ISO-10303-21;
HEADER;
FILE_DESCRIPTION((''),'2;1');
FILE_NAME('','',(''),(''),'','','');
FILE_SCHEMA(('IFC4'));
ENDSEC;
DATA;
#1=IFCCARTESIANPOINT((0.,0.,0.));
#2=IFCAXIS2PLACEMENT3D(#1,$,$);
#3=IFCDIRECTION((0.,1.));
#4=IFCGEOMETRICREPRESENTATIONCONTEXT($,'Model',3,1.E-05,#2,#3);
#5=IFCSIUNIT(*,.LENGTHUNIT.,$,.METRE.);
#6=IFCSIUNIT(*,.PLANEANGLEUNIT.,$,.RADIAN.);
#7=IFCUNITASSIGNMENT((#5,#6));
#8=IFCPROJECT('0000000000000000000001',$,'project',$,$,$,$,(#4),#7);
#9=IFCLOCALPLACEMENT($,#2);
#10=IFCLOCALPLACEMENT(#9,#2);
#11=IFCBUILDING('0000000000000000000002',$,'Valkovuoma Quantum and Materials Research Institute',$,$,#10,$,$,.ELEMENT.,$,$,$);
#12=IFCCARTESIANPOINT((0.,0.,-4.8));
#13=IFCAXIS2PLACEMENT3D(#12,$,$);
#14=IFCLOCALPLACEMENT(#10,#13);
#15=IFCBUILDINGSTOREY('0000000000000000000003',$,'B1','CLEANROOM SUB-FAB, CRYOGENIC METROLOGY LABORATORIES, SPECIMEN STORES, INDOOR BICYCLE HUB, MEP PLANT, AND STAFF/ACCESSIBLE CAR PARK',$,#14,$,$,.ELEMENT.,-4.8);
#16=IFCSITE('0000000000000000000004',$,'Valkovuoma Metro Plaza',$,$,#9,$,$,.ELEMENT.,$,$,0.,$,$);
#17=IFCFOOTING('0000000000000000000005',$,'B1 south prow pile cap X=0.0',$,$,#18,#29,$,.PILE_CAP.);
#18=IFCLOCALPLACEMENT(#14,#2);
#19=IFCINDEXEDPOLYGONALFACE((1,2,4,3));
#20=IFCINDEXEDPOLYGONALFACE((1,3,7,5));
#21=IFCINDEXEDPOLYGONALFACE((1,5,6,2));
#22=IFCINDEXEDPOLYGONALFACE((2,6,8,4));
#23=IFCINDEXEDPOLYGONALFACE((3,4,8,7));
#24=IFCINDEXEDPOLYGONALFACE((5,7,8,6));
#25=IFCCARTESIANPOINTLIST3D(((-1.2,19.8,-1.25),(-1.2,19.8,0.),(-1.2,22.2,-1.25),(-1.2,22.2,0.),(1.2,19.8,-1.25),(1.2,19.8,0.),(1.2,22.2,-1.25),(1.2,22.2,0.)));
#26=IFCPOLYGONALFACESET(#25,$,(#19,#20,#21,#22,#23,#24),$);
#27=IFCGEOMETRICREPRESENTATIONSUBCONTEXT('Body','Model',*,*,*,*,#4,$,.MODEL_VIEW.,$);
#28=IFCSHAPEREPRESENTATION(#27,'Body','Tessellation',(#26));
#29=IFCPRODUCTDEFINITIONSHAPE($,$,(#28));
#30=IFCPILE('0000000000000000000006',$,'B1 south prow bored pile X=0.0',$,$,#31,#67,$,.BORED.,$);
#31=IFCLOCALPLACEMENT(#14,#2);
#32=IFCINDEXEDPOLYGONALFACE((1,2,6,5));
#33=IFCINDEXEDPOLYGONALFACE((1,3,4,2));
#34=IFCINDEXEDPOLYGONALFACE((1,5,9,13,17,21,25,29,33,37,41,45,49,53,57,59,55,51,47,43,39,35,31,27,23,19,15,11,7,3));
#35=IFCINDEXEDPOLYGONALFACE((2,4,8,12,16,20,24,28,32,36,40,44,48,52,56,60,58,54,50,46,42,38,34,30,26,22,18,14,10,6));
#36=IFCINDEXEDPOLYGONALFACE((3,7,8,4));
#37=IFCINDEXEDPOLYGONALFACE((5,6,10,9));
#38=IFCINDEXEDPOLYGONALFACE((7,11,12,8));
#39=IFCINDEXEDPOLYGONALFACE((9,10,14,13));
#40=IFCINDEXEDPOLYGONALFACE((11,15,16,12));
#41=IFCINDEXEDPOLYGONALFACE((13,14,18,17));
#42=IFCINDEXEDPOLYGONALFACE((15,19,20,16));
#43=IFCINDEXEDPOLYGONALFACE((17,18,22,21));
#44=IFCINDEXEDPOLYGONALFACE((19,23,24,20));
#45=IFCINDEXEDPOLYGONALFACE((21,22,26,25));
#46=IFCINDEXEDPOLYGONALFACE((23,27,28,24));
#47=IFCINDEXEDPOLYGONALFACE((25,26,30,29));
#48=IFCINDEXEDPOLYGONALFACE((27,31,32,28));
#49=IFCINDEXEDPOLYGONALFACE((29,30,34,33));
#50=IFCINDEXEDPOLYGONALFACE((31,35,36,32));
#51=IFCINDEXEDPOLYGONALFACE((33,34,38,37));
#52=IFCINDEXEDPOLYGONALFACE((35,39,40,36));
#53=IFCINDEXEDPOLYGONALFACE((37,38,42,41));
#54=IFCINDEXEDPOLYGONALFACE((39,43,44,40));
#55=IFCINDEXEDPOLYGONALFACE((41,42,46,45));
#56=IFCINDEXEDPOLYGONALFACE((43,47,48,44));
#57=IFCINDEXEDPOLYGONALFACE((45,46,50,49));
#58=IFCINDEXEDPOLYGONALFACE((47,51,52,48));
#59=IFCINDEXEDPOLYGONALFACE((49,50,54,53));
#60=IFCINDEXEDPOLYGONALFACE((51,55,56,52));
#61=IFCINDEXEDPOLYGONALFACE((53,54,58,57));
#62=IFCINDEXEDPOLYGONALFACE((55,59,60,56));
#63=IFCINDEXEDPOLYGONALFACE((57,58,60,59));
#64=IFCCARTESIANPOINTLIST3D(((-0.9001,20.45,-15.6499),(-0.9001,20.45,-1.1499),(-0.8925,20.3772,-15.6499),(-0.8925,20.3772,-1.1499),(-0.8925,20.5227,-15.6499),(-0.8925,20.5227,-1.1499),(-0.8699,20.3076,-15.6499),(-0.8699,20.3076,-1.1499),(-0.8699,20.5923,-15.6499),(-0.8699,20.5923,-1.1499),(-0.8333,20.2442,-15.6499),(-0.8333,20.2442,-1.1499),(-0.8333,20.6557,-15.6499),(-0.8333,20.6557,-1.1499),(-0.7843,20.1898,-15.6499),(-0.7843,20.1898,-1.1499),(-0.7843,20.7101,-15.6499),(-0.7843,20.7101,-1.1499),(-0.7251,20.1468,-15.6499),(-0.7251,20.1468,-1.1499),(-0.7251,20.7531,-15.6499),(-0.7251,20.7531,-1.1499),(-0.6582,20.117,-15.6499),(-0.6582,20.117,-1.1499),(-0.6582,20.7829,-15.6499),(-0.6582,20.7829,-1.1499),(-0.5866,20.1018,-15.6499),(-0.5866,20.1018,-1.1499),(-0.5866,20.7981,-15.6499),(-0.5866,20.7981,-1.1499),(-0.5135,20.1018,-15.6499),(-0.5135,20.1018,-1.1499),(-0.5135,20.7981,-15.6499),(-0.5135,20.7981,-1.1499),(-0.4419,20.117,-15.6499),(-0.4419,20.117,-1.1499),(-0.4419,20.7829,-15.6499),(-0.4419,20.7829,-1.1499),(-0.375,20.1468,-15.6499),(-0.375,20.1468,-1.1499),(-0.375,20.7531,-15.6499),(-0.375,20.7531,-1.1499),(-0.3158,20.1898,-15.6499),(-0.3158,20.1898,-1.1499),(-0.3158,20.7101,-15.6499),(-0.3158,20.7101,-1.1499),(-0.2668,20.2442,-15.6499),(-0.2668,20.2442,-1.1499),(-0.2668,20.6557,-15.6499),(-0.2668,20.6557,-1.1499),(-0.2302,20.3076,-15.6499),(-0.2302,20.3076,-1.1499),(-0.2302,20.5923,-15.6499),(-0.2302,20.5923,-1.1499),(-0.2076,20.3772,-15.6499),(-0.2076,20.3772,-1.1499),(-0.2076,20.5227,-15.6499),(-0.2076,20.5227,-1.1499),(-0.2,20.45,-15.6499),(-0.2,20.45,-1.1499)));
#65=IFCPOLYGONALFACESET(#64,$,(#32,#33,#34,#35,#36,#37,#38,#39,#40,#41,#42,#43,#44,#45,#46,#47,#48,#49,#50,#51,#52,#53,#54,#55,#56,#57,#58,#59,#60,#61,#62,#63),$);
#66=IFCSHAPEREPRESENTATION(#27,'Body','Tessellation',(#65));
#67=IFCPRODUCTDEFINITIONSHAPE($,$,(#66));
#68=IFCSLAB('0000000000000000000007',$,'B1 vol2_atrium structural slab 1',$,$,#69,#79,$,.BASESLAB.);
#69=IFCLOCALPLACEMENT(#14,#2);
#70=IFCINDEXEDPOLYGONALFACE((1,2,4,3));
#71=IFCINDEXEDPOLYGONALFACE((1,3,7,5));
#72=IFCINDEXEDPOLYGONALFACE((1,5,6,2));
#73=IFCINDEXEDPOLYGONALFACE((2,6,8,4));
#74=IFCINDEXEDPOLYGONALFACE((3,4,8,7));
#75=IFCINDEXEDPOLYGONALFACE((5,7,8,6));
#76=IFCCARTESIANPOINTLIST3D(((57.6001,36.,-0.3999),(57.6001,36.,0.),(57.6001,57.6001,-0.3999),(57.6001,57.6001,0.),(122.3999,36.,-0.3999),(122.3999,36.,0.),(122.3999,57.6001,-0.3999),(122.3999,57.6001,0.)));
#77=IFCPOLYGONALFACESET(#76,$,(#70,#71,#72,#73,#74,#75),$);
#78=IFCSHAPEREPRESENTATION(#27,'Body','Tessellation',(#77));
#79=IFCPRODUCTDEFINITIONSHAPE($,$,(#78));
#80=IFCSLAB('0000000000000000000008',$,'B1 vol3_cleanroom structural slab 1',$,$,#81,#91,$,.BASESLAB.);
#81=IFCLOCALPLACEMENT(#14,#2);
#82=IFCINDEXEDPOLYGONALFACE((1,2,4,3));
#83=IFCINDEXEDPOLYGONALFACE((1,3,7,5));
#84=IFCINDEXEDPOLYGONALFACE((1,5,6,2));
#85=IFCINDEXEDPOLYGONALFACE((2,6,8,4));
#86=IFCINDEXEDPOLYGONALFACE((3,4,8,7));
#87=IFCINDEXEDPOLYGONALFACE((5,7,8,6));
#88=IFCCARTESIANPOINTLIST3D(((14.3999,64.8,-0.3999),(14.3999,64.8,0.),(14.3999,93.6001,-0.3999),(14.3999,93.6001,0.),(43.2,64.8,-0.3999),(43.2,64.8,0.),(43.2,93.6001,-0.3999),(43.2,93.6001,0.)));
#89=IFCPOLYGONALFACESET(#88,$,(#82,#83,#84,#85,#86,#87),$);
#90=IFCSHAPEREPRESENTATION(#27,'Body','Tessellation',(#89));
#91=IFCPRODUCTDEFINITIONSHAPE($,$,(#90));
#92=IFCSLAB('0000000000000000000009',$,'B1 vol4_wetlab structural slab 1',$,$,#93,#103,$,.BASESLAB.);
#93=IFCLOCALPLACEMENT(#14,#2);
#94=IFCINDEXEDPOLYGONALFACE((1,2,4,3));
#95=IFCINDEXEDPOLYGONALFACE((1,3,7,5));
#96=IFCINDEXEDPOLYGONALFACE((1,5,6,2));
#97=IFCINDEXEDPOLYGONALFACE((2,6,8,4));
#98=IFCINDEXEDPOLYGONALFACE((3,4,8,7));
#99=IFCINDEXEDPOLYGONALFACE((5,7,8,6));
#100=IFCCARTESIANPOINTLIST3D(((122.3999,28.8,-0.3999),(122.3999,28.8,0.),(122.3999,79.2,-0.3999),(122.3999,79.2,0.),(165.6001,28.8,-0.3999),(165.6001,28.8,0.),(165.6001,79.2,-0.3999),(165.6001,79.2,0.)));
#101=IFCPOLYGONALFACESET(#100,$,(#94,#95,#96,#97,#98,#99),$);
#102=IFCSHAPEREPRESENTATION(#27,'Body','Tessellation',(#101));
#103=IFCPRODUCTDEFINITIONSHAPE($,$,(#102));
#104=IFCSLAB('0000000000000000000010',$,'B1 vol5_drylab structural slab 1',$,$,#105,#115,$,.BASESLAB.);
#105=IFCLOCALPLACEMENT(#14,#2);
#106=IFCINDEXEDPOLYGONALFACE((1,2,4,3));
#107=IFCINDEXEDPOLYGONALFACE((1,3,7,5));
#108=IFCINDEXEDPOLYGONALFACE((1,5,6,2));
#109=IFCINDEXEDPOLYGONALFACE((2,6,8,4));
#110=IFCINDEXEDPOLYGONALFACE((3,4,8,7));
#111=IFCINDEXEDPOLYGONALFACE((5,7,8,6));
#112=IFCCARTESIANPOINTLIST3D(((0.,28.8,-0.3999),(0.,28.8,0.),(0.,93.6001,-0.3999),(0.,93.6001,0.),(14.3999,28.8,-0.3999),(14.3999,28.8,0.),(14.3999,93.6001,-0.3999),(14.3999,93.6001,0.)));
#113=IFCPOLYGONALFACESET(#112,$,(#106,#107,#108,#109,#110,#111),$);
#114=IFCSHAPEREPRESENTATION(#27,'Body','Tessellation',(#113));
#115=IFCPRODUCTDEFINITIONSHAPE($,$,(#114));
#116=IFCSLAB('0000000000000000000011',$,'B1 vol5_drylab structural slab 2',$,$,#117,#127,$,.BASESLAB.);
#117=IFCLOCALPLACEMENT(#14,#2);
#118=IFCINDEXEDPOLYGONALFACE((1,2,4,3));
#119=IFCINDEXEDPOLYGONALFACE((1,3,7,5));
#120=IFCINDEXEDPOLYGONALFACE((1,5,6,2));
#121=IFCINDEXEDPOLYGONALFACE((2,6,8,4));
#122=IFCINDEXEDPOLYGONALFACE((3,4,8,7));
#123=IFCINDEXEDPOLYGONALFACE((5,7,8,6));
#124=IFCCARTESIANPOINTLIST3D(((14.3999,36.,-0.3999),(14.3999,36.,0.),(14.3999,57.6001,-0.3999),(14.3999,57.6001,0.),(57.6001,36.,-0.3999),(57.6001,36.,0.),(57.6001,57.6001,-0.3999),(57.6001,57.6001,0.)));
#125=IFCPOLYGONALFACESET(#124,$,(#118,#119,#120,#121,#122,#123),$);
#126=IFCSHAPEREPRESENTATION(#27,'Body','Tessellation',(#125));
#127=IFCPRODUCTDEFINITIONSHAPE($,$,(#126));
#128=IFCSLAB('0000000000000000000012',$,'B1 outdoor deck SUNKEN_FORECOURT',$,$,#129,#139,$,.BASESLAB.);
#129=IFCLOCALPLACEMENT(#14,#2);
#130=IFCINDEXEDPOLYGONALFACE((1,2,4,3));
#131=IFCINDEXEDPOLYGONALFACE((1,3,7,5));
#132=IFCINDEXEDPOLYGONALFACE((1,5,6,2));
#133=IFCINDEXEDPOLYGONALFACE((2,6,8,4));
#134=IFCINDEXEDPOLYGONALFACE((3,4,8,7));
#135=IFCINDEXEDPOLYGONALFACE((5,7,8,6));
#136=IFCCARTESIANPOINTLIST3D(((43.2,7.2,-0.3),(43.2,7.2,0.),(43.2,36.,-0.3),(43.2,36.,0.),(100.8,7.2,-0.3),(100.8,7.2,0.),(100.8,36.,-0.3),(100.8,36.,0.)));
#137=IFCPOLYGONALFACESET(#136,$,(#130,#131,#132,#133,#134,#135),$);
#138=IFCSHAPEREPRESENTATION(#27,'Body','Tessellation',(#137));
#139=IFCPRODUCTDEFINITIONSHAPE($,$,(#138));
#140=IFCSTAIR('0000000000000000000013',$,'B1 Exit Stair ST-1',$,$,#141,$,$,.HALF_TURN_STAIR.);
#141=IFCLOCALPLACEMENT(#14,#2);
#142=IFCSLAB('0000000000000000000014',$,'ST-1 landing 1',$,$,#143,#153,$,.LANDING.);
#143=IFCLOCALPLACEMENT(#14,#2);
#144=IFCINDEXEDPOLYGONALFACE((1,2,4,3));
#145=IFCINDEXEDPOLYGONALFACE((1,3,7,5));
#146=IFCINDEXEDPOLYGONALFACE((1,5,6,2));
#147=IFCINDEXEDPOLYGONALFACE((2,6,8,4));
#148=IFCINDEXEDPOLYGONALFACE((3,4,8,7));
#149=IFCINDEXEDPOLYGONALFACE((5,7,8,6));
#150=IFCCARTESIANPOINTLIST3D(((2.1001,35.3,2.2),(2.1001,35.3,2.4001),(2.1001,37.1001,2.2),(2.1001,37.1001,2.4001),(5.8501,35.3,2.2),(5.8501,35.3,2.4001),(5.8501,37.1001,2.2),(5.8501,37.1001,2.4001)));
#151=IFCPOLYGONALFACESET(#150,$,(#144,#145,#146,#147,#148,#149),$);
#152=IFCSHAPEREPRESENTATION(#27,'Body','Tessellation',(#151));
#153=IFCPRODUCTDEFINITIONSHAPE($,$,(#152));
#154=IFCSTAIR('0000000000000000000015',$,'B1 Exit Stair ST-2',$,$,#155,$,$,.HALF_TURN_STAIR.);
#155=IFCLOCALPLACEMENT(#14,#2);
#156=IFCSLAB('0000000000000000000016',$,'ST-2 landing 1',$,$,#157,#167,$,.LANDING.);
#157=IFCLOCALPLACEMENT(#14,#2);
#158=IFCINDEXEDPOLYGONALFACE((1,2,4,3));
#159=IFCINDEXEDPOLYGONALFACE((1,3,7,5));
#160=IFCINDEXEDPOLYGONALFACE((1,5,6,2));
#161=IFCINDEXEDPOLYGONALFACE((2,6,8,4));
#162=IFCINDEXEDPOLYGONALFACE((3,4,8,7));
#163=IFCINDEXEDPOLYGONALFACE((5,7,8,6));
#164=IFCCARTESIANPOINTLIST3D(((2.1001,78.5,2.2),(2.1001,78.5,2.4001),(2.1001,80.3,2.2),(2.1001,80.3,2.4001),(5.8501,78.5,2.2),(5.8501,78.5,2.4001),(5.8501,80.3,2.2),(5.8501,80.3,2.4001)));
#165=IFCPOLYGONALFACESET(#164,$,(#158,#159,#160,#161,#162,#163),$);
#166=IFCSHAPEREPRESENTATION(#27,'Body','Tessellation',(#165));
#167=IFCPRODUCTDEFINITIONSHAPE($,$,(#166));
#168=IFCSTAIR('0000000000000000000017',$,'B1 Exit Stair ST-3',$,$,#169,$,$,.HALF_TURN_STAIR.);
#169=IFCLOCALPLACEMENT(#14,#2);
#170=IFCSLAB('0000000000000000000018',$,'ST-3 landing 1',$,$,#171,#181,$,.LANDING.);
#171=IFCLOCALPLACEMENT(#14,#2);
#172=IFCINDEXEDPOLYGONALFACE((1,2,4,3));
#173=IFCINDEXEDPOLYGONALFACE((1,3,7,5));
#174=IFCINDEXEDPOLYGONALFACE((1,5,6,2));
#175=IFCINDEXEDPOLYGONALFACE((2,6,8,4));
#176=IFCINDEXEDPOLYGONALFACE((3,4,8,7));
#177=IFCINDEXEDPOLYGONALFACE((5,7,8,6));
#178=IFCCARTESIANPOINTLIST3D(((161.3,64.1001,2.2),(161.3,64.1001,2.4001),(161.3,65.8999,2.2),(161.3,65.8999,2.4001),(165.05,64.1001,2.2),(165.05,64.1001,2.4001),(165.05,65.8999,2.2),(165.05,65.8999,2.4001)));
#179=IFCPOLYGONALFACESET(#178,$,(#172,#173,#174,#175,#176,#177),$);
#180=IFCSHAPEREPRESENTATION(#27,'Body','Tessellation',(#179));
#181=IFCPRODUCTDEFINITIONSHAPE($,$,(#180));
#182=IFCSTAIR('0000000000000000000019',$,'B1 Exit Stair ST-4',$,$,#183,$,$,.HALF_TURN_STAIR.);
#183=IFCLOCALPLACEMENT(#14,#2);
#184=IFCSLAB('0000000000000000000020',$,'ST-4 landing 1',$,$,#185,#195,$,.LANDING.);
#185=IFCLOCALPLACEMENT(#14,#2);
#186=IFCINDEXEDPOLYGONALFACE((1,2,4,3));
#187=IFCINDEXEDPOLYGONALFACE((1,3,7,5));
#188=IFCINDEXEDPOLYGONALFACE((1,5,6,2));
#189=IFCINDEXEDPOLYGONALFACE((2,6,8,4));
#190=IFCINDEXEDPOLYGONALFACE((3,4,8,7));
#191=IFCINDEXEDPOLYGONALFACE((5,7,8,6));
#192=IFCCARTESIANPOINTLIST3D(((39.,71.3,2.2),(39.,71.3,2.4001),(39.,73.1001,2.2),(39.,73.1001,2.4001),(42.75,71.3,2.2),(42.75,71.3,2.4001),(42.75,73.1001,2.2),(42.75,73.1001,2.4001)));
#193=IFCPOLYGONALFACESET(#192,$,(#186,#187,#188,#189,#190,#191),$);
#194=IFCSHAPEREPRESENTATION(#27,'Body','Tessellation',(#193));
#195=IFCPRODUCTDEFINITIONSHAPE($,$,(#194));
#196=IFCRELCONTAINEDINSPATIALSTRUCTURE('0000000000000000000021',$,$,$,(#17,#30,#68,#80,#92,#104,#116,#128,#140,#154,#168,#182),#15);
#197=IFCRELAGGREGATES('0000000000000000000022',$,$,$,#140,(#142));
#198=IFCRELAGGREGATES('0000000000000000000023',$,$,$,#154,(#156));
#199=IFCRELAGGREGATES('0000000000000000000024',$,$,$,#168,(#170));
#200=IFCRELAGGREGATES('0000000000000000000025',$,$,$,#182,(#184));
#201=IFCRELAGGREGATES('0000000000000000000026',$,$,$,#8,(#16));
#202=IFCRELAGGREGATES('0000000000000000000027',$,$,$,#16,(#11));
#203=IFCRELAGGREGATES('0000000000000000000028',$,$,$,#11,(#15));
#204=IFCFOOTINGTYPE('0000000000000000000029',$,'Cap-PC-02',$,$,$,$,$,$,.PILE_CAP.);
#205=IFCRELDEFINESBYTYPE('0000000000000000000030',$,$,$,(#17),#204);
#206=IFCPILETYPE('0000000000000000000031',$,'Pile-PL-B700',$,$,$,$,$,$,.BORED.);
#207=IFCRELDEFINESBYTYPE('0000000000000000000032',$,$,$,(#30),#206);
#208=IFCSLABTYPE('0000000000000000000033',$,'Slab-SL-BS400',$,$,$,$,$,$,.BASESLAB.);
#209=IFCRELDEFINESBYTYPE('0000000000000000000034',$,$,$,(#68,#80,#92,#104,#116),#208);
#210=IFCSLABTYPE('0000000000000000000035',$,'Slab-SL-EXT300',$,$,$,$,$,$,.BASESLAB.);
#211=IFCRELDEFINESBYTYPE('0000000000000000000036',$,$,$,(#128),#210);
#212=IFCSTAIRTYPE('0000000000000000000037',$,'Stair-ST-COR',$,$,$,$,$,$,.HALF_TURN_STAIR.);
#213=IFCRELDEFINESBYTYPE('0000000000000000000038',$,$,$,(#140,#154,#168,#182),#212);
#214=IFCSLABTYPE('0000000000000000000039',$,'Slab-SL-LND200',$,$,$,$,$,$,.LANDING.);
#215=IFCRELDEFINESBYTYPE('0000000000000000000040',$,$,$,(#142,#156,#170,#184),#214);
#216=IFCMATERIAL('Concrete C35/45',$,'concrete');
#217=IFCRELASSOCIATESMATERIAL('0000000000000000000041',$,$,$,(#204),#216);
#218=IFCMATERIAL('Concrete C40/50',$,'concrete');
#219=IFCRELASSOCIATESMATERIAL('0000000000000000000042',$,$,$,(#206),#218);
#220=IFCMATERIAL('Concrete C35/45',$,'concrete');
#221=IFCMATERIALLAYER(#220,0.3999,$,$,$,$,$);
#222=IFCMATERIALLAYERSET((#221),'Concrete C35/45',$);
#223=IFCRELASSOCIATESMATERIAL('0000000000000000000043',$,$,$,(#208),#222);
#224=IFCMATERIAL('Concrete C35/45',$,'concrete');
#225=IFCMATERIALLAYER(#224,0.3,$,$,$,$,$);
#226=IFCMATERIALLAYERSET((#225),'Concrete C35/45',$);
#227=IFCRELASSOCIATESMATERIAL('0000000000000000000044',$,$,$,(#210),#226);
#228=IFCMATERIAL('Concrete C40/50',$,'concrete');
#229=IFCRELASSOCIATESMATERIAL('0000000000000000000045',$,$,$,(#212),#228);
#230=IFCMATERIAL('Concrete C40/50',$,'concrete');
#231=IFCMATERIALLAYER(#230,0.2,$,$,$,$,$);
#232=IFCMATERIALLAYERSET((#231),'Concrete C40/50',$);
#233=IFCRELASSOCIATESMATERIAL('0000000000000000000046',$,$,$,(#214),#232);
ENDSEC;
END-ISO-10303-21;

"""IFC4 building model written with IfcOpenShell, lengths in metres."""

from ifc_helpers import new_model, si_unit, direction, frame, origin, origin_2d, place, context, subcontext, project, spatial, polyline, rectangle, circle, outline, extrude, material, layer, layer_set, material_profile, profile_set, type_object, element, aggregate, save


model = new_model("IFC4")

# Units and contexts
model_context = context("Model", 3, precision=1e-05, world=origin(), true_north=direction((0.0, 1.0)))
body_context = subcontext(model_context, "Body", "Model", "MODEL_VIEW")
ifc_project = project(units=[si_unit("LENGTHUNIT", "METRE"), si_unit("PLANEANGLEUNIT", "RADIAN")], contexts=[model_context])

# Site, building, storey
site_placement = place(None, origin())
site = spatial("IfcSite", under=ifc_project, at=site_placement, Name="Valkovuoma Metro Plaza", CompositionType="ELEMENT", RefElevation=0.0)
building_placement = place(site_placement, origin())
building = spatial("IfcBuilding", under=site, at=building_placement, Name="Valkovuoma Quantum and Materials Research Institute", CompositionType="ELEMENT")
storey_placement = place(building_placement, frame((0.0, 0.0, -4.8)))
storey = spatial("IfcBuildingStorey", under=building, at=storey_placement, Name="B1", Description="CLEANROOM SUB-FAB, CRYOGENIC METROLOGY LABORATORIES, SPECIMEN STORES, INDOOR BICYCLE HUB, MEP PLANT, AND STAFF/ACCESSIBLE CAR PARK", CompositionType="ELEMENT", Elevation=-4.8)

# Footing
ifc_material_1 = material(Name="Concrete C35/45", Category="concrete")
footing_type = type_object("IfcFootingType", Name="Cap-PC-02", PredefinedType="PILE_CAP", material=ifc_material_1)
footing_placement = place(storey_placement, frame((0.0, 21.0, -1.25), z_axis=(0.0, 0.0, 1.0), x_axis=(1.0, 0.0, 0.0)))
element("IfcFooting", 1, at=footing_placement, inside=storey, type_object=footing_type, Name="B1 south prow pile cap X=0.0", PredefinedType="PILE_CAP", context=body_context, shape_type="SweptSolid", body=[
    extrude(rectangle(XDim=2.3999, YDim=2.3999, at=origin_2d()), origin(), (0.0, 0.0, 1.0), 1.25),
])

# Pile
ifc_material_2 = material(Name="Concrete C40/50", Category="concrete")
ifc_material_profile = material_profile(ifc_material_2, circle(Radius=0.3501, at=origin_2d()), Name="Concrete C40/50")
ifc_profile_set = profile_set([ifc_material_profile], Name="Concrete C40/50")
pile_type = type_object("IfcPileType", Name="Pile-PL-B700", PredefinedType="BORED", material=ifc_profile_set)
pile_placement = place(storey_placement, frame((-0.55, 20.45, -1.1499), z_axis=(0.0, 0.0, -1.0), x_axis=(1.0, 0.0, 0.0)))
element("IfcPile", 2, at=pile_placement, inside=storey, type_object=pile_type, Name="B1 south prow bored pile X=0.0", PredefinedType="BORED", context=body_context, shape_type="SweptSolid", body=[
    extrude(circle(Radius=0.3501, at=origin_2d()), origin(), (0.0, 0.0, 1.0), 14.5),
])

# Slabs
ifc_material_3 = material(Name="Concrete C35/45", Category="concrete")
ifc_layer_1 = layer(ifc_material_3, 0.3999)
ifc_layer_set_1 = layer_set([ifc_layer_1], Name="Concrete C35/45")
slab_type_1 = type_object("IfcSlabType", Name="Slab-SL-BS400", PredefinedType="BASESLAB", material=ifc_layer_set_1)
slab_1_placement = place(storey_placement, frame((0.0, 0.0, -0.3999)))
element("IfcSlab", 3, at=slab_1_placement, inside=storey, type_object=slab_type_1, Name="B1 vol2_atrium structural slab 1", PredefinedType="BASESLAB", context=body_context, shape_type="SweptSolid", body=[
    extrude(outline(polyline([(57.6001, 36.0), (122.3999, 36.0), (122.3999, 57.6001), (57.6001, 57.6001), (57.6001, 36.0)])), origin(), (0.0, 0.0, 1.0), 0.3999),
])
slab_2_placement = place(storey_placement, frame((0.0, 0.0, -0.3999)))
element("IfcSlab", 4, at=slab_2_placement, inside=storey, type_object=slab_type_1, Name="B1 vol3_cleanroom structural slab 1", PredefinedType="BASESLAB", context=body_context, shape_type="SweptSolid", body=[
    extrude(outline(polyline([(14.3999, 64.8), (43.2, 64.8), (43.2, 93.6001), (14.3999, 93.6001), (14.3999, 64.8)])), origin(), (0.0, 0.0, 1.0), 0.3999),
])
slab_3_placement = place(storey_placement, frame((0.0, 0.0, -0.3999)))
element("IfcSlab", 5, at=slab_3_placement, inside=storey, type_object=slab_type_1, Name="B1 vol4_wetlab structural slab 1", PredefinedType="BASESLAB", context=body_context, shape_type="SweptSolid", body=[
    extrude(outline(polyline([(122.3999, 28.8), (165.6001, 28.8), (165.6001, 79.2), (122.3999, 79.2), (122.3999, 28.8)])), origin(), (0.0, 0.0, 1.0), 0.3999),
])
slab_4_placement = place(storey_placement, frame((0.0, 0.0, -0.3999)))
element("IfcSlab", 6, at=slab_4_placement, inside=storey, type_object=slab_type_1, Name="B1 vol5_drylab structural slab 1", PredefinedType="BASESLAB", context=body_context, shape_type="SweptSolid", body=[
    extrude(outline(polyline([(0.0, 28.8), (14.3999, 28.8), (14.3999, 93.6001), (0.0, 93.6001), (0.0, 28.8)])), origin(), (0.0, 0.0, 1.0), 0.3999),
])
slab_5_placement = place(storey_placement, frame((0.0, 0.0, -0.3999)))
element("IfcSlab", 7, at=slab_5_placement, inside=storey, type_object=slab_type_1, Name="B1 vol5_drylab structural slab 2", PredefinedType="BASESLAB", context=body_context, shape_type="SweptSolid", body=[
    extrude(outline(polyline([(14.3999, 36.0), (57.6001, 36.0), (57.6001, 57.6001), (14.3999, 57.6001), (14.3999, 36.0)])), origin(), (0.0, 0.0, 1.0), 0.3999),
])
ifc_material_4 = material(Name="Concrete C35/45", Category="concrete")
ifc_layer_2 = layer(ifc_material_4, 0.3)
ifc_layer_set_2 = layer_set([ifc_layer_2], Name="Concrete C35/45")
slab_type_2 = type_object("IfcSlabType", Name="Slab-SL-EXT300", PredefinedType="BASESLAB", material=ifc_layer_set_2)
slab_6_placement = place(storey_placement, frame((0.0, 0.0, -0.3)))
element("IfcSlab", 8, at=slab_6_placement, inside=storey, type_object=slab_type_2, Name="B1 outdoor deck SUNKEN_FORECOURT", PredefinedType="BASESLAB", context=body_context, shape_type="SweptSolid", body=[
    extrude(outline(polyline([(43.2, 7.2), (100.8, 7.2), (100.8, 36.0), (43.2, 36.0), (43.2, 7.2)])), origin(), (0.0, 0.0, 1.0), 0.3),
])

# Stairs, slabs
ifc_material_5 = material(Name="Concrete C40/50", Category="concrete")
stair_type_1 = type_object("IfcStairType", Name="Stair-ST-COR", PredefinedType="HALF_TURN_STAIR", material=ifc_material_5)
stair_1_placement = place(storey_placement, origin())
stair_1 = element("IfcStair", 9, at=stair_1_placement, inside=storey, type_object=stair_type_1, Name="B1 Exit Stair ST-1", PredefinedType="HALF_TURN_STAIR")
ifc_material_6 = material(Name="Concrete C40/50", Category="concrete")
ifc_layer_3 = layer(ifc_material_6, 0.2)
ifc_layer_set_3 = layer_set([ifc_layer_3], Name="Concrete C40/50")
slab_type_3 = type_object("IfcSlabType", Name="Slab-SL-LND200", PredefinedType="LANDING", material=ifc_layer_set_3)
slab_7_placement = place(storey_placement, frame((0.0, 0.0, 2.2)))
slab_7 = element("IfcSlab", 10, at=slab_7_placement, type_object=slab_type_3, Name="ST-1 landing 1", PredefinedType="LANDING", context=body_context, shape_type="SweptSolid", body=[
    extrude(outline(polyline([(5.8501, 35.3), (5.8501, 37.1001), (2.1001, 37.1001), (2.1001, 35.3), (5.8501, 35.3)])), origin(), (0.0, 0.0, 1.0), 0.2002),
])
aggregate(stair_1, [slab_7])
stair_2_placement = place(storey_placement, origin())
stair_2 = element("IfcStair", 11, at=stair_2_placement, inside=storey, type_object=stair_type_1, Name="B1 Exit Stair ST-2", PredefinedType="HALF_TURN_STAIR")
slab_8_placement = place(storey_placement, frame((0.0, 0.0, 2.2)))
slab_8 = element("IfcSlab", 12, at=slab_8_placement, type_object=slab_type_3, Name="ST-2 landing 1", PredefinedType="LANDING", context=body_context, shape_type="SweptSolid", body=[
    extrude(outline(polyline([(5.8501, 78.5), (5.8501, 80.3), (2.1001, 80.3), (2.1001, 78.5), (5.8501, 78.5)])), origin(), (0.0, 0.0, 1.0), 0.2002),
])
aggregate(stair_2, [slab_8])
stair_3_placement = place(storey_placement, origin())
stair_3 = element("IfcStair", 13, at=stair_3_placement, inside=storey, type_object=stair_type_1, Name="B1 Exit Stair ST-3", PredefinedType="HALF_TURN_STAIR")
slab_9_placement = place(storey_placement, frame((0.0, 0.0, 2.2)))
slab_9 = element("IfcSlab", 14, at=slab_9_placement, type_object=slab_type_3, Name="ST-3 landing 1", PredefinedType="LANDING", context=body_context, shape_type="SweptSolid", body=[
    extrude(outline(polyline([(165.05, 64.1001), (165.05, 65.8999), (161.3, 65.8999), (161.3, 64.1001), (165.05, 64.1001)])), origin(), (0.0, 0.0, 1.0), 0.2002),
])
aggregate(stair_3, [slab_9])
stair_4_placement = place(storey_placement, origin())
stair_4 = element("IfcStair", 15, at=stair_4_placement, inside=storey, type_object=stair_type_1, Name="B1 Exit Stair ST-4", PredefinedType="HALF_TURN_STAIR")
slab_10_placement = place(storey_placement, frame((0.0, 0.0, 2.2)))
slab_10 = element("IfcSlab", 16, at=slab_10_placement, type_object=slab_type_3, Name="ST-4 landing 1", PredefinedType="LANDING", context=body_context, shape_type="SweptSolid", body=[
    extrude(outline(polyline([(42.75, 71.3), (42.75, 73.1001), (39.0, 73.1001), (39.0, 71.3), (42.75, 71.3)])), origin(), (0.0, 0.0, 1.0), 0.2002),
])
aggregate(stair_4, [slab_10])

save(model, "model.ifc")
